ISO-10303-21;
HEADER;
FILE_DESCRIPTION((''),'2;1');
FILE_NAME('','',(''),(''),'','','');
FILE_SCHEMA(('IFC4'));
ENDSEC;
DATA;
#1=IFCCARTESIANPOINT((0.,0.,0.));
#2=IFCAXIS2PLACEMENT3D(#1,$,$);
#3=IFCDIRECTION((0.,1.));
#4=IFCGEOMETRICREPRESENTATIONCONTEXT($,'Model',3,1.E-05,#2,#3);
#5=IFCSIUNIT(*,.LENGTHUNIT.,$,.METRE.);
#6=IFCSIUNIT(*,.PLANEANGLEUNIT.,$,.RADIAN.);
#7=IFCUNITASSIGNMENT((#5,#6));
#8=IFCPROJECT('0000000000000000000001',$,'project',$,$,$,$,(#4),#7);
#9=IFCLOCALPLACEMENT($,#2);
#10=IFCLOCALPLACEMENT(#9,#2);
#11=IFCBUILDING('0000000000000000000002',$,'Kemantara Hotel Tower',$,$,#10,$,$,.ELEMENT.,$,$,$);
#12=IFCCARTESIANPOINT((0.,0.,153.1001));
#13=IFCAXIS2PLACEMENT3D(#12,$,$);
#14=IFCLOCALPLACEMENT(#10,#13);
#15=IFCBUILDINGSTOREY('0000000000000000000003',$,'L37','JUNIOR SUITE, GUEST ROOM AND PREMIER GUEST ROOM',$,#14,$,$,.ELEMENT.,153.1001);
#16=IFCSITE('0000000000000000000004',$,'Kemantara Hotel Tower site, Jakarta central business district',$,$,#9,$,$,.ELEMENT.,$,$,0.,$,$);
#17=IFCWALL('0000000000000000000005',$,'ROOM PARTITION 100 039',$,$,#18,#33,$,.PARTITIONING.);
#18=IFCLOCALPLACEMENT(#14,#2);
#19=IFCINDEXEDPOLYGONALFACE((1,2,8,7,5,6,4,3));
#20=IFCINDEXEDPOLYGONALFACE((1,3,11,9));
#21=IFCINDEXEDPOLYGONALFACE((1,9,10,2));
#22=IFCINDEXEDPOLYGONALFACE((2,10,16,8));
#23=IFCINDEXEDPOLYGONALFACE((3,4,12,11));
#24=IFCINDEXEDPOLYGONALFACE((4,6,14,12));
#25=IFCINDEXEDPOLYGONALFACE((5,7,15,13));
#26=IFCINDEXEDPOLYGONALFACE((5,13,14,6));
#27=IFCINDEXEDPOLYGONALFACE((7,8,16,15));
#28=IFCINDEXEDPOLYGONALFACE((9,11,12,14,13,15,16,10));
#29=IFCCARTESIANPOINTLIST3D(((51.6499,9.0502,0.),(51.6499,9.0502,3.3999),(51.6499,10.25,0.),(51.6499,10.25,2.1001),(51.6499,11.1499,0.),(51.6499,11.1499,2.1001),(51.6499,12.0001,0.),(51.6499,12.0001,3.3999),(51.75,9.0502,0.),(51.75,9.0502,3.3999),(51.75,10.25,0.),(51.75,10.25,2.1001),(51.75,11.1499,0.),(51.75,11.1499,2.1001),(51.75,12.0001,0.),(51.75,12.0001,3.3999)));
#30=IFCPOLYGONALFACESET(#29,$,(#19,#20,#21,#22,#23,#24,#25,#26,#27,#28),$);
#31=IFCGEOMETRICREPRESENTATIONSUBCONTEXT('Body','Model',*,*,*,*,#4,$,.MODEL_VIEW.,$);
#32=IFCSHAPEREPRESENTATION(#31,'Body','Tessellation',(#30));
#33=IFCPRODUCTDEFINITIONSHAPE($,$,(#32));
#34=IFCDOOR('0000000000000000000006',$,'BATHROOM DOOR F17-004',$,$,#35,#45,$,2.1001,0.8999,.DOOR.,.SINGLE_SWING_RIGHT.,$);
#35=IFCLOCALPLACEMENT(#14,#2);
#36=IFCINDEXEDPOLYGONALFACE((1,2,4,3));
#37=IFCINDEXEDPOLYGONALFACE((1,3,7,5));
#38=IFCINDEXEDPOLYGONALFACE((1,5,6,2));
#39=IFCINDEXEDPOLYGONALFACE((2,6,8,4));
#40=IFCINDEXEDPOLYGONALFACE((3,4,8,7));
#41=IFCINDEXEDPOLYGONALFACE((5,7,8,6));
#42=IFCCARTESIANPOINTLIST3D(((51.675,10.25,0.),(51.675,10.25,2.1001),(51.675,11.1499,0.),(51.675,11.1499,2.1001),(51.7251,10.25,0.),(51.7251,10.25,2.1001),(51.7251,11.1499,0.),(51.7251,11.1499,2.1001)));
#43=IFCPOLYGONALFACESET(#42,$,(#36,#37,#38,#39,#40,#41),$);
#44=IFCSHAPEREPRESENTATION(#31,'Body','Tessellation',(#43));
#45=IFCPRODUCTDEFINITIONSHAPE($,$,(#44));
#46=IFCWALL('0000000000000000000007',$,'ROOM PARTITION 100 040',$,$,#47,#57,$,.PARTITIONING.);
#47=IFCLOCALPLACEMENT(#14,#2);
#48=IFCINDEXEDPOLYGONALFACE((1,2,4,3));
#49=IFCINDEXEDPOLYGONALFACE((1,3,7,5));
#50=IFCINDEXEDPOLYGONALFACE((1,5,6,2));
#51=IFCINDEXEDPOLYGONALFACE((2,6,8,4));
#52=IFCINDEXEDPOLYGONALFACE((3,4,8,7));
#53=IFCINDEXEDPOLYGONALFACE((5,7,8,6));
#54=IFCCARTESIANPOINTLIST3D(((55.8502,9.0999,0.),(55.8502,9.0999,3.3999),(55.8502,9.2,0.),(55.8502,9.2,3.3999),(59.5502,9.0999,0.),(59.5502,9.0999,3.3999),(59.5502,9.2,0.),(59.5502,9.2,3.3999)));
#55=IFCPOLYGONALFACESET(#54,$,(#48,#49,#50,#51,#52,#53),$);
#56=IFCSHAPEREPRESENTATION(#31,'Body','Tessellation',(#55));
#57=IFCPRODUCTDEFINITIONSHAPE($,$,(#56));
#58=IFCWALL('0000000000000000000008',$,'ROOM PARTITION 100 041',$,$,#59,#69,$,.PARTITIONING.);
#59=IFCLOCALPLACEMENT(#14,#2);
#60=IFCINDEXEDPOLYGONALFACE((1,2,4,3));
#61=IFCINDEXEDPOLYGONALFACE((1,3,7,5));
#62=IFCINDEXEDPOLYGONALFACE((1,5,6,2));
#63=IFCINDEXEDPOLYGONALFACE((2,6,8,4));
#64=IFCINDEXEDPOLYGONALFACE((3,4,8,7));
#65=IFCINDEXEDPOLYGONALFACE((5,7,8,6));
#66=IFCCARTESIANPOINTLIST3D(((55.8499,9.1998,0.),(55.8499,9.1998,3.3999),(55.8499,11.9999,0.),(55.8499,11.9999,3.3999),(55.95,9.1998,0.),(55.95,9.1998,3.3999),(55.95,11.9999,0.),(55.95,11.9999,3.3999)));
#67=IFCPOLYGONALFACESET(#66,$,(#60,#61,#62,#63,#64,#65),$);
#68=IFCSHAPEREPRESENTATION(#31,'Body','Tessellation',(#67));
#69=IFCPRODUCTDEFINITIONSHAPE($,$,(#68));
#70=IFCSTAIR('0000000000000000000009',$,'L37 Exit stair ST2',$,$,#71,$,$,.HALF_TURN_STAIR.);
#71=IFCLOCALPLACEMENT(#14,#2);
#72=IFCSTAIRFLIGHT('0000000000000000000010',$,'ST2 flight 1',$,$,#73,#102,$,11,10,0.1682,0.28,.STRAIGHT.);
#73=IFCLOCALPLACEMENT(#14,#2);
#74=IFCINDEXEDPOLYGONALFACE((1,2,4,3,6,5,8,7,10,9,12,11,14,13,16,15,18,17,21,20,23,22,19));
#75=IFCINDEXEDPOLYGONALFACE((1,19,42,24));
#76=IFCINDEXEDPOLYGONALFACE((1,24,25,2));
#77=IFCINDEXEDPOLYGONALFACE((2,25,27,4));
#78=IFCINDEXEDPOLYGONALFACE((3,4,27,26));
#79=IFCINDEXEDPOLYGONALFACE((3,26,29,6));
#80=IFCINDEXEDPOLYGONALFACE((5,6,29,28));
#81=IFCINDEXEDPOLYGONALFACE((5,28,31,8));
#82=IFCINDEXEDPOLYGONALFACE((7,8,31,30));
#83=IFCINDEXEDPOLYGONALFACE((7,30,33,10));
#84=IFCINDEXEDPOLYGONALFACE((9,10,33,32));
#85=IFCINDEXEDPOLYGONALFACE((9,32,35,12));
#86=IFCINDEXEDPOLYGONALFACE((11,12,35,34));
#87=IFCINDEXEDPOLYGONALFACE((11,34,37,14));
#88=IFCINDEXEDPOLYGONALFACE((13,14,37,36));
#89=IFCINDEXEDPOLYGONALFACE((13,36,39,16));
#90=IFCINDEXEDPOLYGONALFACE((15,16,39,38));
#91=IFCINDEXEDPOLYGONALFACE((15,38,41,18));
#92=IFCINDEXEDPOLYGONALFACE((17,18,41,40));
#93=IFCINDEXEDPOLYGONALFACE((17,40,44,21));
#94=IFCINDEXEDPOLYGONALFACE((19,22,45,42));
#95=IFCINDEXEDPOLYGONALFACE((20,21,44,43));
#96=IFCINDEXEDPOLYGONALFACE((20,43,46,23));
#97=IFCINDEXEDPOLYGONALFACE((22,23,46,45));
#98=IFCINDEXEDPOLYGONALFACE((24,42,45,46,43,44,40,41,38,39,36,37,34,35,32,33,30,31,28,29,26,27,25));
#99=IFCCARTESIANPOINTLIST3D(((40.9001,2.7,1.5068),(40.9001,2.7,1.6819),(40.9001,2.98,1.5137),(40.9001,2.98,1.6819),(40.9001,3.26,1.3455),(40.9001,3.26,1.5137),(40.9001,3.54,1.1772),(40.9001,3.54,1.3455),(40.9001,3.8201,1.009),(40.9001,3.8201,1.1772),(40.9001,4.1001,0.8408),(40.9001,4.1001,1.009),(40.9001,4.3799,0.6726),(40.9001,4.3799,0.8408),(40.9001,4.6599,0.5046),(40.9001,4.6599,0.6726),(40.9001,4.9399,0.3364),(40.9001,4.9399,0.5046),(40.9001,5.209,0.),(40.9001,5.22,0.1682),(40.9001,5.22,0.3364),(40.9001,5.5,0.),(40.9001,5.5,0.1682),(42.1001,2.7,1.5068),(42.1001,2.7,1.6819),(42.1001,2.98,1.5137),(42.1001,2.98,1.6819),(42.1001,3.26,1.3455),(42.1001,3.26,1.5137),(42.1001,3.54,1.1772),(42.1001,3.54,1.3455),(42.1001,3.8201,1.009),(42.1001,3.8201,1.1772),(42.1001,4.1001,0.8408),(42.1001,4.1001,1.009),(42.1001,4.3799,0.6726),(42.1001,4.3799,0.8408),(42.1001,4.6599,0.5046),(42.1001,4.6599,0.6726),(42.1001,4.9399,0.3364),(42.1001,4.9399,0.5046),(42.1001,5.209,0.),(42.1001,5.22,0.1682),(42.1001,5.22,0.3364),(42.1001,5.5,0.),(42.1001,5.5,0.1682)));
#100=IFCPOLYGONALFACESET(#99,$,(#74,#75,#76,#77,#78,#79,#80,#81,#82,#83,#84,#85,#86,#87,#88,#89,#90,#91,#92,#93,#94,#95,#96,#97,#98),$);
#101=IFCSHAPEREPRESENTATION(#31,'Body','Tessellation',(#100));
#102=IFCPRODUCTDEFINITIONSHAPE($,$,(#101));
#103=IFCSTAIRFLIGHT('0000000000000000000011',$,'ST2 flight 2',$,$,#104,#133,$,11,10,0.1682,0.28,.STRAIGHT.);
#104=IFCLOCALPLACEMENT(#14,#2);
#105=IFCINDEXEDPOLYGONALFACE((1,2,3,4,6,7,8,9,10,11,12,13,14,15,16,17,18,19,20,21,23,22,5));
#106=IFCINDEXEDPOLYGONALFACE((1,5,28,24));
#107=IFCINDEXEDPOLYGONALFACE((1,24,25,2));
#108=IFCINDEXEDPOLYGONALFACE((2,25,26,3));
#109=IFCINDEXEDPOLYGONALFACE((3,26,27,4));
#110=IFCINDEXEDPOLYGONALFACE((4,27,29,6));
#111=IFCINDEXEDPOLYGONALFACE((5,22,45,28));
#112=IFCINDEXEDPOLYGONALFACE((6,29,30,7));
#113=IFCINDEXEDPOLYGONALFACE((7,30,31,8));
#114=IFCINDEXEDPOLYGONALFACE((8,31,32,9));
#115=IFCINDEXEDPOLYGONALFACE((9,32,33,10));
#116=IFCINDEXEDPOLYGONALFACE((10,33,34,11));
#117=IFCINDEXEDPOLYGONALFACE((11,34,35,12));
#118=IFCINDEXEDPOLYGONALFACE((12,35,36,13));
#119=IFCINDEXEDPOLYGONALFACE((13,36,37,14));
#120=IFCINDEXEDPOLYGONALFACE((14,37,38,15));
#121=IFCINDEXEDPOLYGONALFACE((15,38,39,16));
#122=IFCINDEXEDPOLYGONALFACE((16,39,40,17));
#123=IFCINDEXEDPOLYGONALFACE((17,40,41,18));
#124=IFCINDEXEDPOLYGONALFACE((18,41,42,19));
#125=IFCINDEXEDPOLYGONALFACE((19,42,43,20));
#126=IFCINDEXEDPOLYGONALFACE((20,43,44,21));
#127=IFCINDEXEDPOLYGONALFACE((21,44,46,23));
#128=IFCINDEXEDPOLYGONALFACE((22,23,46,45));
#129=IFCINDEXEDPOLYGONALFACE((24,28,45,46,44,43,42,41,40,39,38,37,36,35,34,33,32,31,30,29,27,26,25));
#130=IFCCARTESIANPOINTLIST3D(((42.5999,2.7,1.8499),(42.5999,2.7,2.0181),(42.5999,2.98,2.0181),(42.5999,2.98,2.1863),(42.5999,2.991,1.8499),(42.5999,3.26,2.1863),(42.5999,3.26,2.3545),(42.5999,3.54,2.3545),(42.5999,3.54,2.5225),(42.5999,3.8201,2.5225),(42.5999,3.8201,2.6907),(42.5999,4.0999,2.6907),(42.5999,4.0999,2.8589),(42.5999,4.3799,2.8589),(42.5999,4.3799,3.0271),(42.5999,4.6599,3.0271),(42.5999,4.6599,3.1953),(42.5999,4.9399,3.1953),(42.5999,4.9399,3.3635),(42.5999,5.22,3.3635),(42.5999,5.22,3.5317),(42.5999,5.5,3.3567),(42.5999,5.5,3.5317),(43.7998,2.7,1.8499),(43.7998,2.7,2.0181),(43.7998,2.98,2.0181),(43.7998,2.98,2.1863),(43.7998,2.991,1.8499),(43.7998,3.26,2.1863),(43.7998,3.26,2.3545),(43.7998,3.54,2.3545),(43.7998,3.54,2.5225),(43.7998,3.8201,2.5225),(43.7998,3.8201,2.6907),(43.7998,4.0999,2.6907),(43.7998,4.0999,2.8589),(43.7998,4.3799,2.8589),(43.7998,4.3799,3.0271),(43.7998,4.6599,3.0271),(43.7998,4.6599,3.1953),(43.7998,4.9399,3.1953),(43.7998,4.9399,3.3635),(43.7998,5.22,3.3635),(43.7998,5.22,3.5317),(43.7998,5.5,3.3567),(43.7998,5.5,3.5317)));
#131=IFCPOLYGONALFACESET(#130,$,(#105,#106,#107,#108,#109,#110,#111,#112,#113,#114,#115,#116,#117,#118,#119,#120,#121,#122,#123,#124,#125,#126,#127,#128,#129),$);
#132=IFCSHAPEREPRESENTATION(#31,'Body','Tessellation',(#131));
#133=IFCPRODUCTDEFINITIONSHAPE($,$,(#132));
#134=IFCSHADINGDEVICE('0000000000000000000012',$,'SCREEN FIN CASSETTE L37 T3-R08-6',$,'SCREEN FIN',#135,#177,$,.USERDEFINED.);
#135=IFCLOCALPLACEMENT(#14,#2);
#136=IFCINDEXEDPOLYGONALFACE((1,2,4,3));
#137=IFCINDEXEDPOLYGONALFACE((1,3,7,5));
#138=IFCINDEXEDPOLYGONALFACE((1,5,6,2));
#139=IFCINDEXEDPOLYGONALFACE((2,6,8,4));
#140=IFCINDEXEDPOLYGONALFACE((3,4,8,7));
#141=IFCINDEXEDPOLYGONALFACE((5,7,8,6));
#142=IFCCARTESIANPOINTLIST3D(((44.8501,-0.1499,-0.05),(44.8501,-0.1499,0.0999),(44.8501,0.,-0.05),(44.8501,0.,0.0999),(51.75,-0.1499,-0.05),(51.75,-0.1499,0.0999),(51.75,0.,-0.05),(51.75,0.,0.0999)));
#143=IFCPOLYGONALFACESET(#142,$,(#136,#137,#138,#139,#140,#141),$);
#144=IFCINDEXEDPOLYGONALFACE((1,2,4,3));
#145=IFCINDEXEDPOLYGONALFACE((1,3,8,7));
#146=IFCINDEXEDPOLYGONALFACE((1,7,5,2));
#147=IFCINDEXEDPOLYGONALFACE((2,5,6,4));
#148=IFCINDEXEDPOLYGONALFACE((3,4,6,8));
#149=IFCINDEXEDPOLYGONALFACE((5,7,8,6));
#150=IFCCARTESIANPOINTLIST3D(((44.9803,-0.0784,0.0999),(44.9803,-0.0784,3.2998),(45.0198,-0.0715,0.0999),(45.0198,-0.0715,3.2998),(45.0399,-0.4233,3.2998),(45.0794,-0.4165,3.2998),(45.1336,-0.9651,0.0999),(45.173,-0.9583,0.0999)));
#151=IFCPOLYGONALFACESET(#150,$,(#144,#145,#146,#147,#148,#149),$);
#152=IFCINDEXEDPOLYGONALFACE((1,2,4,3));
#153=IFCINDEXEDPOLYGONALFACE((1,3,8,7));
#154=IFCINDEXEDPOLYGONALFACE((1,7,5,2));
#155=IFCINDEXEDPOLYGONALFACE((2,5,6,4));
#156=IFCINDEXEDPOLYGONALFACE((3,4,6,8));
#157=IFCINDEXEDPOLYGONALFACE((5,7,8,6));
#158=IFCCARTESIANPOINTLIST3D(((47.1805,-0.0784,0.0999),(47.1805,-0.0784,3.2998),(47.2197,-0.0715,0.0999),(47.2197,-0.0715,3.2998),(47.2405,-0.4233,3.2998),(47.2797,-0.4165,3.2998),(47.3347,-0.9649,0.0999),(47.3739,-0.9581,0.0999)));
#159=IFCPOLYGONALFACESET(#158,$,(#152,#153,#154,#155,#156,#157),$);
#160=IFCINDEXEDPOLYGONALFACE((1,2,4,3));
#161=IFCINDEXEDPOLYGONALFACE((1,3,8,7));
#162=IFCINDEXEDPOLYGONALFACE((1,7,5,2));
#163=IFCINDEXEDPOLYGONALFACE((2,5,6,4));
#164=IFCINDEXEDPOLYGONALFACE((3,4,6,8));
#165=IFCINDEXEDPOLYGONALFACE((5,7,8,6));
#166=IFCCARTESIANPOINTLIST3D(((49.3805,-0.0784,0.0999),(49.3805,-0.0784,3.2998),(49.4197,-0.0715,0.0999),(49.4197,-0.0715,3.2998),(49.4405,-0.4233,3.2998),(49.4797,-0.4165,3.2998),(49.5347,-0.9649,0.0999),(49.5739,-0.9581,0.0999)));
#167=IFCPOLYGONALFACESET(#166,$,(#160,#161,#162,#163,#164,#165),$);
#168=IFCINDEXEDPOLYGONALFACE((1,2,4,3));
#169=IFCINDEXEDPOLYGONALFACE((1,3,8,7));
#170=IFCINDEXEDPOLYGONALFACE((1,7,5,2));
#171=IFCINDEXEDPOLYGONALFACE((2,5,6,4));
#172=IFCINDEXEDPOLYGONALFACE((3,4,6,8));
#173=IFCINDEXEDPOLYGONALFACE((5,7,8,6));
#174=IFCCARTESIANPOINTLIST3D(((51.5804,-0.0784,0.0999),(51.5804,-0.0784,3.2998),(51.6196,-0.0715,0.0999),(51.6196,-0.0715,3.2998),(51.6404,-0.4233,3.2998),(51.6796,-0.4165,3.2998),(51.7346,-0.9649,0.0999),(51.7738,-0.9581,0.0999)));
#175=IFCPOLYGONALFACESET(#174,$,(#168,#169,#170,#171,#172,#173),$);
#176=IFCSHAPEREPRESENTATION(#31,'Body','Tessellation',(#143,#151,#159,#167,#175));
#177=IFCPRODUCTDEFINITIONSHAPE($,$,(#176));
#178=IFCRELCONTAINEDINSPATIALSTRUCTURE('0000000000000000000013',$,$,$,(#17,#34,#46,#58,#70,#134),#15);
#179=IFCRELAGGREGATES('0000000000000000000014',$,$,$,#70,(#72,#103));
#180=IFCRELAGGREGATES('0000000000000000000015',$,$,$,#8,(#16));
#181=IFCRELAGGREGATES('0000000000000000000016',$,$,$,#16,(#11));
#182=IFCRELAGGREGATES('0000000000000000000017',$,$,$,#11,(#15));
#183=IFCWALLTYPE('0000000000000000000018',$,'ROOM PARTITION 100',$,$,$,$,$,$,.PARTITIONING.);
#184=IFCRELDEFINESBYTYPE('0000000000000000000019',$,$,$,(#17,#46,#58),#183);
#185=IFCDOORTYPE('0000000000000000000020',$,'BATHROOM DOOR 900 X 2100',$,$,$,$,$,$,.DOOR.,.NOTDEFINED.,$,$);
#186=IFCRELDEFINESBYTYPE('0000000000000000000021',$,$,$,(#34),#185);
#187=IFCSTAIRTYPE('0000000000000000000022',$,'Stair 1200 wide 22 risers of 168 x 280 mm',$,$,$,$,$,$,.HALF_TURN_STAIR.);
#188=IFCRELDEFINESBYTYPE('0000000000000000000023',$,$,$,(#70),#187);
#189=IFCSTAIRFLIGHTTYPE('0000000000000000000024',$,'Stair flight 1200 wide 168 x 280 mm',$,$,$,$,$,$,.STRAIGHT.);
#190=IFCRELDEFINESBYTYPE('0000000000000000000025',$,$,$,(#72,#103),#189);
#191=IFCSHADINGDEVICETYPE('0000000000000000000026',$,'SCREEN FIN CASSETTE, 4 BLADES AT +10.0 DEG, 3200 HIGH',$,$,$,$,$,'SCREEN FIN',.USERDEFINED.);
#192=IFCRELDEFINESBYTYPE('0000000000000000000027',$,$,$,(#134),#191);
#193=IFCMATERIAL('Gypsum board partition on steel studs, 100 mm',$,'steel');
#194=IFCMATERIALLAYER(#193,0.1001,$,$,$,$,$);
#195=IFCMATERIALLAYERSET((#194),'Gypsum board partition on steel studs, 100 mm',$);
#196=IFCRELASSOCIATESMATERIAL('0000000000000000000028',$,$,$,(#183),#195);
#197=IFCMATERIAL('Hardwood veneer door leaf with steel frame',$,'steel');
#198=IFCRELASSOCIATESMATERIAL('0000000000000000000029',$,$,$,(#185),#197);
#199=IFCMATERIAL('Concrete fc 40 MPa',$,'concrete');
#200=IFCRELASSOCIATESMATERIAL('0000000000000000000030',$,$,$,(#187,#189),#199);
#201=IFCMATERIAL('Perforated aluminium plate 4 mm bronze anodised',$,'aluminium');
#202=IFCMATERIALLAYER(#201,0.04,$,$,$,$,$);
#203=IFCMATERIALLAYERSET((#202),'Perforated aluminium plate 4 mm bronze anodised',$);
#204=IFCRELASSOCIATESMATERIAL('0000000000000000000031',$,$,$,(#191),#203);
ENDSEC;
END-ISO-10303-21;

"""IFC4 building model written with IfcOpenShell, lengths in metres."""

from ifc_helpers import new_model, si_unit, direction, frame, frame_2d, origin, origin_2d, place, context, subcontext, project, spatial, polyline, rectangle, outline, extrude, source, transform, mapped, material, layer, layer_set, type_object, element, fill, aggregate, save


model = new_model("IFC4")

# Units and contexts
model_context = context("Model", 3, precision=1e-05, world=origin(), true_north=direction((0.0, 1.0)))
body_context = subcontext(model_context, "Body", "Model", "MODEL_VIEW")
ifc_project = project(units=[si_unit("LENGTHUNIT", "METRE"), si_unit("PLANEANGLEUNIT", "RADIAN")], contexts=[model_context])

# Site, building, storey
site_placement = place(None, origin())
site = spatial("IfcSite", under=ifc_project, at=site_placement, Name="Kemantara Hotel Tower site, Jakarta central business district", CompositionType="ELEMENT", RefElevation=0.0)
building_placement = place(site_placement, origin())
building = spatial("IfcBuilding", under=site, at=building_placement, Name="Kemantara Hotel Tower", CompositionType="ELEMENT")
storey_placement = place(building_placement, frame((0.0, 0.0, 153.1001)))
storey = spatial("IfcBuildingStorey", under=building, at=storey_placement, Name="L37", Description="JUNIOR SUITE, GUEST ROOM AND PREMIER GUEST ROOM", CompositionType="ELEMENT", Elevation=153.1001)

# Shared definitions
ifc_material_1 = material(Name="Hardwood veneer door leaf with steel frame", Category="steel")

# Shared definitions
ifc_material_2 = material(Name="Gypsum board partition on steel studs, 100 mm", Category="steel")
ifc_layer_1 = layer(ifc_material_2, 0.1001)
ifc_layer_set_1 = layer_set([ifc_layer_1], Name="Gypsum board partition on steel studs, 100 mm")
wall_type_1 = type_object("IfcWallType", Name="ROOM PARTITION 100", PredefinedType="PARTITIONING", material=ifc_layer_set_1)

# Wall, opening, door
door_type_1 = type_object("IfcDoorType", Name="BATHROOM DOOR 900 X 2100", OperationType="NOTDEFINED", PredefinedType="DOOR", material=ifc_material_1)
wall_1_placement = place(storey_placement, frame((51.7, 9.05, 0.0), z_axis=(0.0, 0.0, 1.0), x_axis=(0.0, 1.0, 0.0)))
wall_1 = element("IfcWall", 1, at=wall_1_placement, inside=storey, type_object=wall_type_1, Name="ROOM PARTITION 100 039", PredefinedType="PARTITIONING", context=body_context, shape_type="SweptSolid", body=[
    extrude(rectangle(XDim=2.95, YDim=0.1001, at=frame_2d((1.4751, 0.0))), origin(), (0.0, 0.0, 1.0), 3.3999),
])
opening_1_placement = place(wall_1_placement, frame((1.2, 0.0, 0.0)))
opening_1 = element("IfcOpeningElement", 2, at=opening_1_placement, cuts=wall_1, PredefinedType="OPENING", context=body_context, shape_type="SweptSolid", body=[
    extrude(rectangle(XDim=0.8999, YDim=2.1001, at=frame_2d((0.45, 1.05))), frame((0.0, 0.0601, 0.0), z_axis=(0.0, -1.0, 0.0), x_axis=(1.0, 0.0, 0.0)), (0.0, 0.0, 1.0), 0.1201),
])
door_1_placement = place(opening_1_placement, origin())
door_1 = element("IfcDoor", 3, at=door_1_placement, inside=storey, type_object=door_type_1, Name="BATHROOM DOOR F17-004", OperationType="SINGLE_SWING_RIGHT", OverallHeight=2.1001, OverallWidth=0.8999, PredefinedType="DOOR", context=body_context, shape_type="SweptSolid", body=[
    extrude(rectangle(XDim=0.8999, YDim=2.1001, at=frame_2d((0.45, 1.05))), frame((0.0, 0.0249, 0.0), z_axis=(0.0, -1.0, 0.0), x_axis=(1.0, 0.0, 0.0)), (0.0, 0.0, 1.0), 0.05),
])
fill(opening_1, door_1)

# Walls
wall_2_placement = place(storey_placement, frame((55.8501, 9.1499, 0.0), z_axis=(0.0, 0.0, 1.0), x_axis=(1.0, 0.0, 0.0)))
element("IfcWall", 4, at=wall_2_placement, inside=storey, type_object=wall_type_1, Name="ROOM PARTITION 100 040", PredefinedType="PARTITIONING", context=body_context, shape_type="SweptSolid", body=[
    extrude(rectangle(XDim=3.7, YDim=0.1001, at=frame_2d((1.8501, 0.0))), origin(), (0.0, 0.0, 1.0), 3.3999),
])
wall_3_placement = place(storey_placement, frame((55.8999, 9.2, 0.0), z_axis=(0.0, 0.0, 1.0), x_axis=(0.0, 1.0, 0.0)))
element("IfcWall", 5, at=wall_3_placement, inside=storey, type_object=wall_type_1, Name="ROOM PARTITION 100 041", PredefinedType="PARTITIONING", context=body_context, shape_type="SweptSolid", body=[
    extrude(rectangle(XDim=2.8, YDim=0.1001, at=frame_2d((1.3999, 0.0))), origin(), (0.0, 0.0, 1.0), 3.3999),
])

# Stair, stair flights
ifc_material_3 = material(Name="Concrete fc 40 MPa", Category="concrete")
stair_type = type_object("IfcStairType", Name="Stair 1200 wide 22 risers of 168 x 280 mm", PredefinedType="HALF_TURN_STAIR", material=ifc_material_3)
stair_placement = place(storey_placement, origin())
stair = element("IfcStair", 6, at=stair_placement, inside=storey, type_object=stair_type, Name="L37 Exit stair ST2", PredefinedType="HALF_TURN_STAIR")
stair_flight_type = type_object("IfcStairFlightType", Name="Stair flight 1200 wide 168 x 280 mm", PredefinedType="STRAIGHT", material=ifc_material_3)
stair_flight_1_placement = place(storey_placement, frame((41.5, 5.5, 0.0), z_axis=(0.0, 0.0, 1.0), x_axis=(0.0, -1.0, 0.0)))
stair_flight_1 = element("IfcStairFlight", 7, at=stair_flight_1_placement, type_object=stair_flight_type, Name="ST2 flight 1", NumberOfRisers=11, NumberOfTreads=10, PredefinedType="STRAIGHT", RiserHeight=0.1682, TreadLength=0.28, context=body_context, shape_type="SweptSolid", body=[
    extrude(outline(polyline([(0.0, 0.0), (0.0, 0.1682), (0.28, 0.1682), (0.28, 0.3364), (0.5601, 0.3364), (0.5601, 0.5046), (0.8401, 0.5046), (0.8401, 0.6726), (1.1201, 0.6726), (1.1201, 0.8408), (1.3999, 0.8408), (1.3999, 1.009), (1.6799, 1.009), (1.6799, 1.1772), (1.96, 1.1772), (1.96, 1.3455), (2.24, 1.3455), (2.24, 1.5137), (2.52, 1.5137), (2.52, 1.6819), (2.8, 1.6819), (2.8, 1.8501), (2.8, 1.5068), (0.291, 0.0), (0.0, 0.0)])), frame((0.0, 0.6001, 0.0), z_axis=(0.0, -1.0, 0.0), x_axis=(1.0, 0.0, 0.0)), (0.0, 0.0, 1.0), 1.2),
])
stair_flight_2_placement = place(storey_placement, frame((43.2, 2.7, 1.8499), z_axis=(0.0, 0.0, 1.0), x_axis=(0.0, 1.0, 0.0)))
stair_flight_2 = element("IfcStairFlight", 8, at=stair_flight_2_placement, type_object=stair_flight_type, Name="ST2 flight 2", NumberOfRisers=11, NumberOfTreads=10, PredefinedType="STRAIGHT", RiserHeight=0.1682, TreadLength=0.28, context=body_context, shape_type="SweptSolid", body=[
    extrude(outline(polyline([(0.0, 0.0), (0.0, 0.1682), (0.28, 0.1682), (0.28, 0.3364), (0.5601, 0.3364), (0.5601, 0.5046), (0.8401, 0.5046), (0.8401, 0.6726), (1.1201, 0.6726), (1.1201, 0.8408), (1.3999, 0.8408), (1.3999, 1.009), (1.6799, 1.009), (1.6799, 1.1772), (1.96, 1.1772), (1.96, 1.3455), (2.24, 1.3455), (2.24, 1.5137), (2.52, 1.5137), (2.52, 1.6819), (2.8, 1.6819), (2.8, 1.8501), (2.8, 1.5068), (0.291, 0.0), (0.0, 0.0)])), frame((0.0, 0.6001, 0.0), z_axis=(0.0, -1.0, 0.0), x_axis=(1.0, 0.0, 0.0)), (0.0, 0.0, 1.0), 1.2),
])
aggregate(stair, [stair_flight_1, stair_flight_2])

# Shading device
ifc_material_4 = material(Name="Perforated aluminium plate 4 mm bronze anodised", Category="aluminium")
ifc_layer_2 = layer(ifc_material_4, 0.04)
ifc_layer_set_2 = layer_set([ifc_layer_2], Name="Perforated aluminium plate 4 mm bronze anodised")
shading_device_type_1 = type_object("IfcShadingDeviceType", Name="SCREEN FIN CASSETTE, 4 BLADES AT +10.0 DEG, 3200 HIGH", ElementType="SCREEN FIN", PredefinedType="USERDEFINED", material=ifc_layer_set_2)
shared_shape_1 = source(origin(), body_context, "Body", "SweptSolid", [
    extrude(rectangle(XDim=6.8999, YDim=0.1499, at=origin_2d()), frame((3.3, -0.075, -0.1499), z_axis=(0.0, 0.0, 1.0), x_axis=(1.0, 0.0, 0.0)), (0.0, 0.0, 1.0), 0.1499),
    extrude(outline(polyline([(0.0, 0.0), (0.8999, 0.0), (0.3501, 3.2), (0.0, 3.2), (0.0, 0.0)])), frame((0.0198, -0.0715, 0.0), z_axis=(-0.98539, -0.170314, 0.0), x_axis=(0.170314, -0.98539, 0.0)), (0.0, 0.0, 1.0), 0.04),
    extrude(outline(polyline([(0.0, 0.0), (0.8999, 0.0), (0.3501, 3.2), (0.0, 3.2), (0.0, 0.0)])), frame((2.2197, -0.0715, 0.0), z_axis=(-0.985212, -0.171341, 0.0), x_axis=(0.171341, -0.985212, 0.0)), (0.0, 0.0, 1.0), 0.0398),
    extrude(outline(polyline([(0.0, 0.0), (0.8999, 0.0), (0.3501, 3.2), (0.0, 3.2), (0.0, 0.0)])), frame((4.4197, -0.0715, 0.0), z_axis=(-0.985212, -0.171341, 0.0), x_axis=(0.171341, -0.985212, 0.0)), (0.0, 0.0, 1.0), 0.0398),
    extrude(outline(polyline([(0.0, 0.0), (0.8999, 0.0), (0.3501, 3.2), (0.0, 3.2), (0.0, 0.0)])), frame((6.6196, -0.0715, 0.0), z_axis=(-0.985212, -0.171341, 0.0), x_axis=(0.171341, -0.985212, 0.0)), (0.0, 0.0, 1.0), 0.0398),
])
shading_device_1_placement = place(storey_placement, frame((45.0, 0.0, 0.0999), z_axis=(0.0, 0.0, 1.0), x_axis=(1.0, 0.0, 0.0)))
element("IfcShadingDevice", 9, at=shading_device_1_placement, inside=storey, type_object=shading_device_type_1, Name="SCREEN FIN CASSETTE L37 T3-R08-6", ObjectType="SCREEN FIN", PredefinedType="USERDEFINED", context=body_context, shape_type="MappedRepresentation", body=[
    mapped(shared_shape_1, transform((0.0, 0.0, 0.0))),
])

save(model, "model.ifc")
